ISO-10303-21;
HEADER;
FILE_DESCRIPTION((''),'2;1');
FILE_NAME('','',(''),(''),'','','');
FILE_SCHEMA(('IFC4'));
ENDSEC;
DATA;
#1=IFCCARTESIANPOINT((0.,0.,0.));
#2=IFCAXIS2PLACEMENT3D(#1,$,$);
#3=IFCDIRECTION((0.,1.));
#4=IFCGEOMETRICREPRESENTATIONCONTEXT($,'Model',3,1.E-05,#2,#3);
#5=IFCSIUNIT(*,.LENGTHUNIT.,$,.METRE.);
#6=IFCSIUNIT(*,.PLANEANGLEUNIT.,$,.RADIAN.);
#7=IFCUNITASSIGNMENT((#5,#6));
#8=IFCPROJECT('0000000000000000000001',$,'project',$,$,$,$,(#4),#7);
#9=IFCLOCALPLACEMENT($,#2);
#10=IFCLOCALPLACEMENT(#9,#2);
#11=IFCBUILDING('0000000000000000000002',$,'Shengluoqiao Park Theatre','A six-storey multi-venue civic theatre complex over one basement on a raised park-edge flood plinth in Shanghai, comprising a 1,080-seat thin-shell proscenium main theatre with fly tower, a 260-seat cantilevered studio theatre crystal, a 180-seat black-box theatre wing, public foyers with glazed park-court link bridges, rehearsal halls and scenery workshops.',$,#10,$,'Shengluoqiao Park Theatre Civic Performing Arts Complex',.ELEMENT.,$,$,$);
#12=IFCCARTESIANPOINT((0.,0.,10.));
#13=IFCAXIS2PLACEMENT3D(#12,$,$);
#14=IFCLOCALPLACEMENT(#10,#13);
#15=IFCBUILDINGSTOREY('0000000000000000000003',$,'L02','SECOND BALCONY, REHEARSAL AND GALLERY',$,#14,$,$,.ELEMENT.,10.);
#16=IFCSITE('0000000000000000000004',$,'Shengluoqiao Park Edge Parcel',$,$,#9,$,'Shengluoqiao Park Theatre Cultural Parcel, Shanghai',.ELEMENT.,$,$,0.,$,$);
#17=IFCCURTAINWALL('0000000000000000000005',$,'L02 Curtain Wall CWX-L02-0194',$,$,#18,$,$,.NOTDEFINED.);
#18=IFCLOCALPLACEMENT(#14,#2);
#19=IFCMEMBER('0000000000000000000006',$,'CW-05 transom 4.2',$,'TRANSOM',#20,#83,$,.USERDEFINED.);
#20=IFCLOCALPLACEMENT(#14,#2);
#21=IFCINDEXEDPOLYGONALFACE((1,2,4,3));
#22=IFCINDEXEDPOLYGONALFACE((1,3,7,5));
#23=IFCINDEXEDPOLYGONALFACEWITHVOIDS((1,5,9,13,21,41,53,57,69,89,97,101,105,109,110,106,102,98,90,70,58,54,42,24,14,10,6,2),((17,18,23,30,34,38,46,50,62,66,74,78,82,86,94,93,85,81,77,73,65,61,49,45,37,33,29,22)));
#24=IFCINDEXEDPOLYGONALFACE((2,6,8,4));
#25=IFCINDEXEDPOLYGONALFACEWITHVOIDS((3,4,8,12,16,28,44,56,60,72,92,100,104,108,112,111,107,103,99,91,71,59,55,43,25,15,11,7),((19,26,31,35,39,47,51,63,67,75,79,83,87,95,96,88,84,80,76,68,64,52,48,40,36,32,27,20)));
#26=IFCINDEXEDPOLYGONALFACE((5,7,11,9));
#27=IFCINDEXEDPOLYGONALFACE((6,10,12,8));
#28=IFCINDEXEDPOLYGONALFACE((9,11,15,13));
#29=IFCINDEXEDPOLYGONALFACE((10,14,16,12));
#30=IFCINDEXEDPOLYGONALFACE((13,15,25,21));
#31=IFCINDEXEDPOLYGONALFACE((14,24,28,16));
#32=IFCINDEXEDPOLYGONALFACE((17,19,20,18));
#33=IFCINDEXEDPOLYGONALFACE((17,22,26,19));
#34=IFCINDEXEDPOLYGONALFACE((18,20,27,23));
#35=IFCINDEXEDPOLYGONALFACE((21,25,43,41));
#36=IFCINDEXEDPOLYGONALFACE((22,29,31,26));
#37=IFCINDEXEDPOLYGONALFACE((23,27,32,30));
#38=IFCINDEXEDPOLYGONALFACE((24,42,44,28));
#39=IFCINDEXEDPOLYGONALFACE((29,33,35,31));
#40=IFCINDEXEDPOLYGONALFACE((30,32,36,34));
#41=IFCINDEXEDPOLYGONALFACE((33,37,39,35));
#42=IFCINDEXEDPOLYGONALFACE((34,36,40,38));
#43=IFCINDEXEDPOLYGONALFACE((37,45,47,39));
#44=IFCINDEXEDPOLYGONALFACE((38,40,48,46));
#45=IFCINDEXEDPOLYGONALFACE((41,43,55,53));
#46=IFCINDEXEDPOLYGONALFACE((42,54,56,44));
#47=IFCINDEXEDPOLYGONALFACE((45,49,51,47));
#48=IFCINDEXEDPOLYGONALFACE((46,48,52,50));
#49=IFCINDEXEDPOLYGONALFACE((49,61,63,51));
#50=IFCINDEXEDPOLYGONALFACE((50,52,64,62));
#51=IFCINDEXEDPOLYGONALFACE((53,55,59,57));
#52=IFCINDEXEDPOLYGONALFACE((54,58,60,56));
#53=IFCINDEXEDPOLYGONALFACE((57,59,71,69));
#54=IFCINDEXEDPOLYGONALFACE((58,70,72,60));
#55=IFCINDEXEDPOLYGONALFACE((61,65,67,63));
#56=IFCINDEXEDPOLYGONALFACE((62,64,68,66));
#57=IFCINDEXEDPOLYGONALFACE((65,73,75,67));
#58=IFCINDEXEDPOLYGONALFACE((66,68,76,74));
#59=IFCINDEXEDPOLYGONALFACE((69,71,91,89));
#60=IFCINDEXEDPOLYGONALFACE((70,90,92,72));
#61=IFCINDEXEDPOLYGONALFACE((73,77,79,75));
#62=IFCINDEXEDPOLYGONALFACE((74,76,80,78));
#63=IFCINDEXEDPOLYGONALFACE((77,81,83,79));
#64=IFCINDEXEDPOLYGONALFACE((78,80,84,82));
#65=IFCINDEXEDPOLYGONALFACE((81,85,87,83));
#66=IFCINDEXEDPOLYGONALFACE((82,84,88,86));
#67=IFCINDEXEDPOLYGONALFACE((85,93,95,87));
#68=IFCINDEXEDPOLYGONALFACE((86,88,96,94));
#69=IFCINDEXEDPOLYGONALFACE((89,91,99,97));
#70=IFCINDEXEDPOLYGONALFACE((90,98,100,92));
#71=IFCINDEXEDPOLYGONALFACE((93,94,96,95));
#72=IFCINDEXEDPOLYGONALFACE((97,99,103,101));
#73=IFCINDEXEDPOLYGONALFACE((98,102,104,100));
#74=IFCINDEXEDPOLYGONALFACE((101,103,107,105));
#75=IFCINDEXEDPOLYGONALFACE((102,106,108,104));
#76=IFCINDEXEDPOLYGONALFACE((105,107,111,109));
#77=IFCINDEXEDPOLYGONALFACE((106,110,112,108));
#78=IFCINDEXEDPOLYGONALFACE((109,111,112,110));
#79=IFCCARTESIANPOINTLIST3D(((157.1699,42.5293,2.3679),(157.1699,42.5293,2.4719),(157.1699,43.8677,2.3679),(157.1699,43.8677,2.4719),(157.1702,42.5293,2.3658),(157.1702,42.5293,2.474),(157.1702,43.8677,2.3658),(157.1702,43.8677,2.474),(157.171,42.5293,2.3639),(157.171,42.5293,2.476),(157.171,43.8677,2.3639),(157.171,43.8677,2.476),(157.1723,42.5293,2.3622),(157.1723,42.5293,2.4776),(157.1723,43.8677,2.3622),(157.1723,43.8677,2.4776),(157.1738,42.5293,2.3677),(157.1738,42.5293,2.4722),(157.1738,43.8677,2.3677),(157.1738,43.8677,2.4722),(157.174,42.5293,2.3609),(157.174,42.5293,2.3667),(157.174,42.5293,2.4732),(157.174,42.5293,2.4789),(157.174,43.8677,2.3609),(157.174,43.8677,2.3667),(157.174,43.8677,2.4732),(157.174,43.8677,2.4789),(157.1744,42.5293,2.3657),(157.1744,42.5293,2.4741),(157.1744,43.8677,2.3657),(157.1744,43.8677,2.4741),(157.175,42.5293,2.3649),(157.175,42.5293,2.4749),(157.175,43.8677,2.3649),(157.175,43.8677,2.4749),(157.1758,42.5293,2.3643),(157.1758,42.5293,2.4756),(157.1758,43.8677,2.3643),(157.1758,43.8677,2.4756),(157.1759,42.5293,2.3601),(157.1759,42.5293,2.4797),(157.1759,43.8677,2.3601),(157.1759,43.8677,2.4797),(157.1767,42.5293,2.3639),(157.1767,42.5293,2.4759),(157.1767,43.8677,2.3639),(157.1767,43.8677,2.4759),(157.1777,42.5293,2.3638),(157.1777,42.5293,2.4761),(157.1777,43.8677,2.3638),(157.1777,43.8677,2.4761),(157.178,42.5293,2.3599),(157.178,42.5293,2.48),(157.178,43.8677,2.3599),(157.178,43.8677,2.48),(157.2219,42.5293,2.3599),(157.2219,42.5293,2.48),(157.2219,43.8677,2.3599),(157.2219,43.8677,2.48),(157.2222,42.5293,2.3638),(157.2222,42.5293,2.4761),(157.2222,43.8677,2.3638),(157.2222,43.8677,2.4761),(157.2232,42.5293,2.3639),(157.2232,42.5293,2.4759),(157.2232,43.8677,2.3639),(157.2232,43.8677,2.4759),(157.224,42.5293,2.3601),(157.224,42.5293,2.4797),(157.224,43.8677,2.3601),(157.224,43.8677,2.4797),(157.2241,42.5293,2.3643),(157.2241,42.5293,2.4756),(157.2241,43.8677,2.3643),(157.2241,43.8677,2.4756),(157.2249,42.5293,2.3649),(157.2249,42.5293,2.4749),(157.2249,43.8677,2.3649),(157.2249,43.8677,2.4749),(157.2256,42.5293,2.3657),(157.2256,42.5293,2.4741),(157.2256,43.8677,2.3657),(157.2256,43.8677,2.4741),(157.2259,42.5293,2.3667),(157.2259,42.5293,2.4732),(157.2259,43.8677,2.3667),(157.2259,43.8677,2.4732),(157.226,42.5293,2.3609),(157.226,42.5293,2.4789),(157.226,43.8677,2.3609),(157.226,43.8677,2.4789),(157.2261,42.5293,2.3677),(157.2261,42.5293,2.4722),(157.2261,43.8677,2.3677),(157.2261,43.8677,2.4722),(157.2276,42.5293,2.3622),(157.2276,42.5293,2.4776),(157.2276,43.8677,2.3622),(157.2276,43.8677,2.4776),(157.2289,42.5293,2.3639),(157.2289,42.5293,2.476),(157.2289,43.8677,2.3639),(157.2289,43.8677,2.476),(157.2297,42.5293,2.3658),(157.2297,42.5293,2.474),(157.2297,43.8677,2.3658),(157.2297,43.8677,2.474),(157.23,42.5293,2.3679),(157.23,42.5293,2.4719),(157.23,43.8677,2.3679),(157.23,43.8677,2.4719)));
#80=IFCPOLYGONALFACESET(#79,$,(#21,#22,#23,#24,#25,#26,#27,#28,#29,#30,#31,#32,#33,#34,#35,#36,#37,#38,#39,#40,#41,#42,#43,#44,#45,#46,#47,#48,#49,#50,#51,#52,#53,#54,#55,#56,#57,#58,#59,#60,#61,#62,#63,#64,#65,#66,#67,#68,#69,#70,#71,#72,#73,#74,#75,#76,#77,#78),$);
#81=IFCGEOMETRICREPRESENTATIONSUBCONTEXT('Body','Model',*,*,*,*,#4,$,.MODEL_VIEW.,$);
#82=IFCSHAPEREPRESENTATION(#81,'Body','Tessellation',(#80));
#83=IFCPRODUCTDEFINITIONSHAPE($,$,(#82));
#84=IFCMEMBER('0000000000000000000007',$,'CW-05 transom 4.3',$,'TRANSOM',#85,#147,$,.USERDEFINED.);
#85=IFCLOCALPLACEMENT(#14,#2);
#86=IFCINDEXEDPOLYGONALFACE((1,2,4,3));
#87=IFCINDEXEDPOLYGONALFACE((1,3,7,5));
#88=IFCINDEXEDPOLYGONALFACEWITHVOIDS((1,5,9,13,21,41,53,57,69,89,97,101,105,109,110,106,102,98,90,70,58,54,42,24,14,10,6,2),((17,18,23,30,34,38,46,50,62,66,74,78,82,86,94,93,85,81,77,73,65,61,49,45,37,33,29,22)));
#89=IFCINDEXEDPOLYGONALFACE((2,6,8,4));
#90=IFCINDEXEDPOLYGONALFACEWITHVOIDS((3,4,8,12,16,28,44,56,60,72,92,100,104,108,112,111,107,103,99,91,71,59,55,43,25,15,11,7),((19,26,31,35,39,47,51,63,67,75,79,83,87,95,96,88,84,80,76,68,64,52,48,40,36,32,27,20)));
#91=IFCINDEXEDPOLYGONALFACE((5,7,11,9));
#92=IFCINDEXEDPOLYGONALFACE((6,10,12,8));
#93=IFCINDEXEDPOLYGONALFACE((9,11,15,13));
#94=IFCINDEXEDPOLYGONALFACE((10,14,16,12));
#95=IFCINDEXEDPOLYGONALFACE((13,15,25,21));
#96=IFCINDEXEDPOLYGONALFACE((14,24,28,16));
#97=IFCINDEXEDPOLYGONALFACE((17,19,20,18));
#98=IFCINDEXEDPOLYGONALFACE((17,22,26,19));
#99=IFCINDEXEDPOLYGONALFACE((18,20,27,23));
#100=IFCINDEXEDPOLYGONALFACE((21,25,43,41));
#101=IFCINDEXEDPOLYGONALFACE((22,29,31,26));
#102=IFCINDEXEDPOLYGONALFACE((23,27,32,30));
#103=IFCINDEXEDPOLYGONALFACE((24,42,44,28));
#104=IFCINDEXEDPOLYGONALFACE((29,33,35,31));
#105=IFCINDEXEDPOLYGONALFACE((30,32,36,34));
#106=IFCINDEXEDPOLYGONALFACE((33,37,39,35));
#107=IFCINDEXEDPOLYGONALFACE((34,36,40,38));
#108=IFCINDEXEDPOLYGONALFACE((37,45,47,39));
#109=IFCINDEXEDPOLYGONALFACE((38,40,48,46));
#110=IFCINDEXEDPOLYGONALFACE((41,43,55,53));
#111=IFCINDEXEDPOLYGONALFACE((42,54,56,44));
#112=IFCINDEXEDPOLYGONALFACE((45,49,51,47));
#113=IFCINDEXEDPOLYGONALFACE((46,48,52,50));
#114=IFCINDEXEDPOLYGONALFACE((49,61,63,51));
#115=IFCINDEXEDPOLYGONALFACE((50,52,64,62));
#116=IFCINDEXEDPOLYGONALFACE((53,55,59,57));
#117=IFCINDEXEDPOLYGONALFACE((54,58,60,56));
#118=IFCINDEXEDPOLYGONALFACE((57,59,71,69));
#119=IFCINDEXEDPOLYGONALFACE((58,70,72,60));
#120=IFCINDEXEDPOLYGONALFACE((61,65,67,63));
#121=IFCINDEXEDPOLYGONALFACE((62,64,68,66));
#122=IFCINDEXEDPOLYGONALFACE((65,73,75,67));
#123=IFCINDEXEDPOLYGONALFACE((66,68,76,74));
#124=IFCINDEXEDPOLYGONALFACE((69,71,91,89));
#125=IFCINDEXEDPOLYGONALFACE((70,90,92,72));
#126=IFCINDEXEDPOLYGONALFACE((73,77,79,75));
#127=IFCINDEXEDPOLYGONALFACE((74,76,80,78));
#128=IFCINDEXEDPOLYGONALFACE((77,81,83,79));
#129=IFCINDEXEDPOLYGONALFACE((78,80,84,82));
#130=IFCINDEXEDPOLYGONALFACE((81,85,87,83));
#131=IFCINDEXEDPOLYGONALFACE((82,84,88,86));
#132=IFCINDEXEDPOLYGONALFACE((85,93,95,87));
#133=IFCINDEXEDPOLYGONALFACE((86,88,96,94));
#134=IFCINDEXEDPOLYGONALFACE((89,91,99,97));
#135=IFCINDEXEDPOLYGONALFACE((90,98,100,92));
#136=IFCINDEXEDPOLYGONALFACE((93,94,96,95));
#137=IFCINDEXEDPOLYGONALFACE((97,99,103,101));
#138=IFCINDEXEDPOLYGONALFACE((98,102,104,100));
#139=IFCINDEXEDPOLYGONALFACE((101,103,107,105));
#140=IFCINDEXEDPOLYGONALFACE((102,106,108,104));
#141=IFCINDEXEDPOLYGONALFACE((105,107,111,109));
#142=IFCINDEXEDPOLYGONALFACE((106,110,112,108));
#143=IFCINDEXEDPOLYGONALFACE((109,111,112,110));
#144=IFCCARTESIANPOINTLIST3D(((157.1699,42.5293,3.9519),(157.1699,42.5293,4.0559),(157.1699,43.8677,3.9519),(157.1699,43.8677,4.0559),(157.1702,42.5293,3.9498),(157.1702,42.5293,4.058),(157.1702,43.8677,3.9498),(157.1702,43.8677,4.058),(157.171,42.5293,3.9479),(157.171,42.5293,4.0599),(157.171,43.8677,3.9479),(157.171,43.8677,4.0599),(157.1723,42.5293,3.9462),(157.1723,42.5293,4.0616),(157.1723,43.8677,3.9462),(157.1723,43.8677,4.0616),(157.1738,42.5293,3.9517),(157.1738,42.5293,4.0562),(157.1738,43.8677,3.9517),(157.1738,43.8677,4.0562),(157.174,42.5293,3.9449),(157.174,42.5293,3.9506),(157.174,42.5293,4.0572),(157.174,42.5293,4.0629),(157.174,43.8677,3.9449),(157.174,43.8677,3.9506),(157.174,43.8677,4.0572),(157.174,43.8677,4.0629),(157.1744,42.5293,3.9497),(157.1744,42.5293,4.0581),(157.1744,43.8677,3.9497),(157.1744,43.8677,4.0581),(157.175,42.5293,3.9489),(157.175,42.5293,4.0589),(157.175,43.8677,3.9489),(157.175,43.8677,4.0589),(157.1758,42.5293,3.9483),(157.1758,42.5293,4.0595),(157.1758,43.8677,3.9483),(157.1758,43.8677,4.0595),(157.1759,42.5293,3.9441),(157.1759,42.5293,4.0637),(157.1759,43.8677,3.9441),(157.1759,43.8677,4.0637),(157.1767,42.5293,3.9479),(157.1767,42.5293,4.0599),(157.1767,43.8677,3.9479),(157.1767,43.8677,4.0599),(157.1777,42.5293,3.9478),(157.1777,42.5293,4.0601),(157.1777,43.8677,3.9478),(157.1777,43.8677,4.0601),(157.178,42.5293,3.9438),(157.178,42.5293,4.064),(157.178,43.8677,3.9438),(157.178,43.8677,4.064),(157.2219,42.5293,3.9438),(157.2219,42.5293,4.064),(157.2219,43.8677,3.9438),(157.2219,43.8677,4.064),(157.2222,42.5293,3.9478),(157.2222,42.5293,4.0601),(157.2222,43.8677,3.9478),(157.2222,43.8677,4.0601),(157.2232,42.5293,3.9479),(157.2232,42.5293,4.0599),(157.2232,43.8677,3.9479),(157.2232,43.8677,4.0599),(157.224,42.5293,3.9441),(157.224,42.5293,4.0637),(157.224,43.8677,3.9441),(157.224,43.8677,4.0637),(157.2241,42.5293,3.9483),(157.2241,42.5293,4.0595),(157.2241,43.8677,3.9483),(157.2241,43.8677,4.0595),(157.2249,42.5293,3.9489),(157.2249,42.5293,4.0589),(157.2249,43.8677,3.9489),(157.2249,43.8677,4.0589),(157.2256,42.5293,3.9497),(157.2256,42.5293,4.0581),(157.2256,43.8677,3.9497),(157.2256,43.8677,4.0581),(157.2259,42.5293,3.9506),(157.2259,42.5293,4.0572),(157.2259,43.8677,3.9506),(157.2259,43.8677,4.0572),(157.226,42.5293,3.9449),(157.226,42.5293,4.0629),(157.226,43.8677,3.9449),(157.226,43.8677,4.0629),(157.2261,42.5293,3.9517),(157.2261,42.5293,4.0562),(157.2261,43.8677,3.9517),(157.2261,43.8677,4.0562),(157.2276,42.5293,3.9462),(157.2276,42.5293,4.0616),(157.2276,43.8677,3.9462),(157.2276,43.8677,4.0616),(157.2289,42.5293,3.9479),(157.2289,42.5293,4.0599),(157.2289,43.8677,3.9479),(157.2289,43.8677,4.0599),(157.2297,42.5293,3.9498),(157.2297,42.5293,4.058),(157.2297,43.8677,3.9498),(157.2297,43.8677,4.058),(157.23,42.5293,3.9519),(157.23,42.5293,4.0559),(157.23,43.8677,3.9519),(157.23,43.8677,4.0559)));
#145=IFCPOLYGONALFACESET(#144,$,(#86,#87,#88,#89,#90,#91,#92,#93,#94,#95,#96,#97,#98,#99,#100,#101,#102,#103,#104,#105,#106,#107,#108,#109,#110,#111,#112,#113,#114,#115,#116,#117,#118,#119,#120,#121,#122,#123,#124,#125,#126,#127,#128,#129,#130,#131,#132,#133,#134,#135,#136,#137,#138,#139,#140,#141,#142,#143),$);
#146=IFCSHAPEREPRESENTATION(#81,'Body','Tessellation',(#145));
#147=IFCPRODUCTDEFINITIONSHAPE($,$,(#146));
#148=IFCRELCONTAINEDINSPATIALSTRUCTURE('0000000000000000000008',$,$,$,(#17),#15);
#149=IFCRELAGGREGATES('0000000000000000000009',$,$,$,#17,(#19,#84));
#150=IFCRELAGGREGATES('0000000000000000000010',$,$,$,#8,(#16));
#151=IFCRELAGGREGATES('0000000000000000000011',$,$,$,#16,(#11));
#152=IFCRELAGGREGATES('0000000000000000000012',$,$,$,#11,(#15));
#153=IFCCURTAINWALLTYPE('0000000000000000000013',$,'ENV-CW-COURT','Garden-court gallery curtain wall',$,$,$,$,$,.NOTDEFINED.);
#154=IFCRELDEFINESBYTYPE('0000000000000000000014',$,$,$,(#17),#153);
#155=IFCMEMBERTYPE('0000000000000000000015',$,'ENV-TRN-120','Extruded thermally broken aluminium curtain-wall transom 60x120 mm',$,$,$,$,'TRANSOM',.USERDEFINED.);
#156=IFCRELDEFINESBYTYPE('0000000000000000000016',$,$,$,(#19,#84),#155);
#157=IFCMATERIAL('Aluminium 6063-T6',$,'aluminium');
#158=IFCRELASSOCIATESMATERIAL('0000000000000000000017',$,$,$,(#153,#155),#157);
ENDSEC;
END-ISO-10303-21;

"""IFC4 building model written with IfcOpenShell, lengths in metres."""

from ifc_helpers import new_model, si_unit, direction, frame, origin, origin_2d, place, context, subcontext, project, spatial, hollow_rectangle, extrude, material, material_profile, profile_set, type_object, element, aggregate, save


model = new_model("IFC4")

# Units and contexts
model_context = context("Model", 3, precision=1e-05, world=origin(), true_north=direction((0.0, 1.0)))
body_context = subcontext(model_context, "Body", "Model", "MODEL_VIEW")
ifc_project = project(units=[si_unit("LENGTHUNIT", "METRE"), si_unit("PLANEANGLEUNIT", "RADIAN")], contexts=[model_context])

# Site, building, storey
site_placement = place(None, origin())
site = spatial("IfcSite", under=ifc_project, at=site_placement, Name="Shengluoqiao Park Edge Parcel", LongName="Shengluoqiao Park Theatre Cultural Parcel, Shanghai", CompositionType="ELEMENT", RefElevation=0.0)
building_placement = place(site_placement, origin())
building = spatial("IfcBuilding", under=site, at=building_placement, Name="Shengluoqiao Park Theatre", Description="A six-storey multi-venue civic theatre complex over one basement on a raised park-edge flood plinth in Shanghai, comprising a 1,080-seat thin-shell proscenium main theatre with fly tower, a 260-seat cantilevered studio theatre crystal, a 180-seat black-box theatre wing, public foyers with glazed park-court link bridges, rehearsal halls and scenery workshops.", LongName="Shengluoqiao Park Theatre Civic Performing Arts Complex", CompositionType="ELEMENT")
storey_placement = place(building_placement, frame((0.0, 0.0, 10.0)))
storey = spatial("IfcBuildingStorey", under=building, at=storey_placement, Name="L02", Description="SECOND BALCONY, REHEARSAL AND GALLERY", CompositionType="ELEMENT", Elevation=10.0)

# Curtain wall
ifc_material_1 = material(Name="Aluminium 6063-T6", Category="aluminium")
curtain_wall_type = type_object("IfcCurtainWallType", Name="ENV-CW-COURT", Description="Garden-court gallery curtain wall", PredefinedType="NOTDEFINED", material=ifc_material_1)
curtain_wall_1_placement = place(storey_placement, origin())
curtain_wall_1 = element("IfcCurtainWall", 1, at=curtain_wall_1_placement, inside=storey, type_object=curtain_wall_type, Name="L02 Curtain Wall CWX-L02-0194", PredefinedType="NOTDEFINED")

# Members
ifc_material_profile_1 = material_profile(ifc_material_1, hollow_rectangle(XDim=0.0601, YDim=0.1201, WallThickness=0.0039, InnerFilletRadius=0.0039, OuterFilletRadius=0.0081, at=origin_2d()), Name="ALU TRANSOM 120x60x4")
ifc_profile_set_1 = profile_set([ifc_material_profile_1], Name="Aluminium 6063-T6")
member_type_1 = type_object("IfcMemberType", Name="ENV-TRN-120", Description="Extruded thermally broken aluminium curtain-wall transom 60x120 mm", ElementType="TRANSOM", PredefinedType="USERDEFINED", material=ifc_profile_set_1)
member_1_placement = place(storey_placement, frame((157.2, 42.5293, 2.4199), z_axis=(0.0, 1.0, 0.0), x_axis=(-1.0, 0.0, 0.0)))
member_1 = element("IfcMember", 2, at=member_1_placement, type_object=member_type_1, Name="CW-05 transom 4.2", ObjectType="TRANSOM", PredefinedType="USERDEFINED", context=body_context, shape_type="SweptSolid", body=[
    extrude(hollow_rectangle(XDim=0.0601, YDim=0.1201, WallThickness=0.0039, InnerFilletRadius=0.0039, OuterFilletRadius=0.0081, at=origin_2d()), origin(), (0.0, 0.0, 1.0), 1.3384),
])
member_2_placement = place(storey_placement, frame((157.2, 42.5293, 4.0039), z_axis=(0.0, 1.0, 0.0), x_axis=(-1.0, 0.0, 0.0)))
member_2 = element("IfcMember", 3, at=member_2_placement, type_object=member_type_1, Name="CW-05 transom 4.3", ObjectType="TRANSOM", PredefinedType="USERDEFINED", context=body_context, shape_type="SweptSolid", body=[
    extrude(hollow_rectangle(XDim=0.0601, YDim=0.1201, WallThickness=0.0039, InnerFilletRadius=0.0039, OuterFilletRadius=0.0081, at=origin_2d()), origin(), (0.0, 0.0, 1.0), 1.3384),
])

aggregate(curtain_wall_1, [member_1, member_2])

save(model, "model.ifc")
